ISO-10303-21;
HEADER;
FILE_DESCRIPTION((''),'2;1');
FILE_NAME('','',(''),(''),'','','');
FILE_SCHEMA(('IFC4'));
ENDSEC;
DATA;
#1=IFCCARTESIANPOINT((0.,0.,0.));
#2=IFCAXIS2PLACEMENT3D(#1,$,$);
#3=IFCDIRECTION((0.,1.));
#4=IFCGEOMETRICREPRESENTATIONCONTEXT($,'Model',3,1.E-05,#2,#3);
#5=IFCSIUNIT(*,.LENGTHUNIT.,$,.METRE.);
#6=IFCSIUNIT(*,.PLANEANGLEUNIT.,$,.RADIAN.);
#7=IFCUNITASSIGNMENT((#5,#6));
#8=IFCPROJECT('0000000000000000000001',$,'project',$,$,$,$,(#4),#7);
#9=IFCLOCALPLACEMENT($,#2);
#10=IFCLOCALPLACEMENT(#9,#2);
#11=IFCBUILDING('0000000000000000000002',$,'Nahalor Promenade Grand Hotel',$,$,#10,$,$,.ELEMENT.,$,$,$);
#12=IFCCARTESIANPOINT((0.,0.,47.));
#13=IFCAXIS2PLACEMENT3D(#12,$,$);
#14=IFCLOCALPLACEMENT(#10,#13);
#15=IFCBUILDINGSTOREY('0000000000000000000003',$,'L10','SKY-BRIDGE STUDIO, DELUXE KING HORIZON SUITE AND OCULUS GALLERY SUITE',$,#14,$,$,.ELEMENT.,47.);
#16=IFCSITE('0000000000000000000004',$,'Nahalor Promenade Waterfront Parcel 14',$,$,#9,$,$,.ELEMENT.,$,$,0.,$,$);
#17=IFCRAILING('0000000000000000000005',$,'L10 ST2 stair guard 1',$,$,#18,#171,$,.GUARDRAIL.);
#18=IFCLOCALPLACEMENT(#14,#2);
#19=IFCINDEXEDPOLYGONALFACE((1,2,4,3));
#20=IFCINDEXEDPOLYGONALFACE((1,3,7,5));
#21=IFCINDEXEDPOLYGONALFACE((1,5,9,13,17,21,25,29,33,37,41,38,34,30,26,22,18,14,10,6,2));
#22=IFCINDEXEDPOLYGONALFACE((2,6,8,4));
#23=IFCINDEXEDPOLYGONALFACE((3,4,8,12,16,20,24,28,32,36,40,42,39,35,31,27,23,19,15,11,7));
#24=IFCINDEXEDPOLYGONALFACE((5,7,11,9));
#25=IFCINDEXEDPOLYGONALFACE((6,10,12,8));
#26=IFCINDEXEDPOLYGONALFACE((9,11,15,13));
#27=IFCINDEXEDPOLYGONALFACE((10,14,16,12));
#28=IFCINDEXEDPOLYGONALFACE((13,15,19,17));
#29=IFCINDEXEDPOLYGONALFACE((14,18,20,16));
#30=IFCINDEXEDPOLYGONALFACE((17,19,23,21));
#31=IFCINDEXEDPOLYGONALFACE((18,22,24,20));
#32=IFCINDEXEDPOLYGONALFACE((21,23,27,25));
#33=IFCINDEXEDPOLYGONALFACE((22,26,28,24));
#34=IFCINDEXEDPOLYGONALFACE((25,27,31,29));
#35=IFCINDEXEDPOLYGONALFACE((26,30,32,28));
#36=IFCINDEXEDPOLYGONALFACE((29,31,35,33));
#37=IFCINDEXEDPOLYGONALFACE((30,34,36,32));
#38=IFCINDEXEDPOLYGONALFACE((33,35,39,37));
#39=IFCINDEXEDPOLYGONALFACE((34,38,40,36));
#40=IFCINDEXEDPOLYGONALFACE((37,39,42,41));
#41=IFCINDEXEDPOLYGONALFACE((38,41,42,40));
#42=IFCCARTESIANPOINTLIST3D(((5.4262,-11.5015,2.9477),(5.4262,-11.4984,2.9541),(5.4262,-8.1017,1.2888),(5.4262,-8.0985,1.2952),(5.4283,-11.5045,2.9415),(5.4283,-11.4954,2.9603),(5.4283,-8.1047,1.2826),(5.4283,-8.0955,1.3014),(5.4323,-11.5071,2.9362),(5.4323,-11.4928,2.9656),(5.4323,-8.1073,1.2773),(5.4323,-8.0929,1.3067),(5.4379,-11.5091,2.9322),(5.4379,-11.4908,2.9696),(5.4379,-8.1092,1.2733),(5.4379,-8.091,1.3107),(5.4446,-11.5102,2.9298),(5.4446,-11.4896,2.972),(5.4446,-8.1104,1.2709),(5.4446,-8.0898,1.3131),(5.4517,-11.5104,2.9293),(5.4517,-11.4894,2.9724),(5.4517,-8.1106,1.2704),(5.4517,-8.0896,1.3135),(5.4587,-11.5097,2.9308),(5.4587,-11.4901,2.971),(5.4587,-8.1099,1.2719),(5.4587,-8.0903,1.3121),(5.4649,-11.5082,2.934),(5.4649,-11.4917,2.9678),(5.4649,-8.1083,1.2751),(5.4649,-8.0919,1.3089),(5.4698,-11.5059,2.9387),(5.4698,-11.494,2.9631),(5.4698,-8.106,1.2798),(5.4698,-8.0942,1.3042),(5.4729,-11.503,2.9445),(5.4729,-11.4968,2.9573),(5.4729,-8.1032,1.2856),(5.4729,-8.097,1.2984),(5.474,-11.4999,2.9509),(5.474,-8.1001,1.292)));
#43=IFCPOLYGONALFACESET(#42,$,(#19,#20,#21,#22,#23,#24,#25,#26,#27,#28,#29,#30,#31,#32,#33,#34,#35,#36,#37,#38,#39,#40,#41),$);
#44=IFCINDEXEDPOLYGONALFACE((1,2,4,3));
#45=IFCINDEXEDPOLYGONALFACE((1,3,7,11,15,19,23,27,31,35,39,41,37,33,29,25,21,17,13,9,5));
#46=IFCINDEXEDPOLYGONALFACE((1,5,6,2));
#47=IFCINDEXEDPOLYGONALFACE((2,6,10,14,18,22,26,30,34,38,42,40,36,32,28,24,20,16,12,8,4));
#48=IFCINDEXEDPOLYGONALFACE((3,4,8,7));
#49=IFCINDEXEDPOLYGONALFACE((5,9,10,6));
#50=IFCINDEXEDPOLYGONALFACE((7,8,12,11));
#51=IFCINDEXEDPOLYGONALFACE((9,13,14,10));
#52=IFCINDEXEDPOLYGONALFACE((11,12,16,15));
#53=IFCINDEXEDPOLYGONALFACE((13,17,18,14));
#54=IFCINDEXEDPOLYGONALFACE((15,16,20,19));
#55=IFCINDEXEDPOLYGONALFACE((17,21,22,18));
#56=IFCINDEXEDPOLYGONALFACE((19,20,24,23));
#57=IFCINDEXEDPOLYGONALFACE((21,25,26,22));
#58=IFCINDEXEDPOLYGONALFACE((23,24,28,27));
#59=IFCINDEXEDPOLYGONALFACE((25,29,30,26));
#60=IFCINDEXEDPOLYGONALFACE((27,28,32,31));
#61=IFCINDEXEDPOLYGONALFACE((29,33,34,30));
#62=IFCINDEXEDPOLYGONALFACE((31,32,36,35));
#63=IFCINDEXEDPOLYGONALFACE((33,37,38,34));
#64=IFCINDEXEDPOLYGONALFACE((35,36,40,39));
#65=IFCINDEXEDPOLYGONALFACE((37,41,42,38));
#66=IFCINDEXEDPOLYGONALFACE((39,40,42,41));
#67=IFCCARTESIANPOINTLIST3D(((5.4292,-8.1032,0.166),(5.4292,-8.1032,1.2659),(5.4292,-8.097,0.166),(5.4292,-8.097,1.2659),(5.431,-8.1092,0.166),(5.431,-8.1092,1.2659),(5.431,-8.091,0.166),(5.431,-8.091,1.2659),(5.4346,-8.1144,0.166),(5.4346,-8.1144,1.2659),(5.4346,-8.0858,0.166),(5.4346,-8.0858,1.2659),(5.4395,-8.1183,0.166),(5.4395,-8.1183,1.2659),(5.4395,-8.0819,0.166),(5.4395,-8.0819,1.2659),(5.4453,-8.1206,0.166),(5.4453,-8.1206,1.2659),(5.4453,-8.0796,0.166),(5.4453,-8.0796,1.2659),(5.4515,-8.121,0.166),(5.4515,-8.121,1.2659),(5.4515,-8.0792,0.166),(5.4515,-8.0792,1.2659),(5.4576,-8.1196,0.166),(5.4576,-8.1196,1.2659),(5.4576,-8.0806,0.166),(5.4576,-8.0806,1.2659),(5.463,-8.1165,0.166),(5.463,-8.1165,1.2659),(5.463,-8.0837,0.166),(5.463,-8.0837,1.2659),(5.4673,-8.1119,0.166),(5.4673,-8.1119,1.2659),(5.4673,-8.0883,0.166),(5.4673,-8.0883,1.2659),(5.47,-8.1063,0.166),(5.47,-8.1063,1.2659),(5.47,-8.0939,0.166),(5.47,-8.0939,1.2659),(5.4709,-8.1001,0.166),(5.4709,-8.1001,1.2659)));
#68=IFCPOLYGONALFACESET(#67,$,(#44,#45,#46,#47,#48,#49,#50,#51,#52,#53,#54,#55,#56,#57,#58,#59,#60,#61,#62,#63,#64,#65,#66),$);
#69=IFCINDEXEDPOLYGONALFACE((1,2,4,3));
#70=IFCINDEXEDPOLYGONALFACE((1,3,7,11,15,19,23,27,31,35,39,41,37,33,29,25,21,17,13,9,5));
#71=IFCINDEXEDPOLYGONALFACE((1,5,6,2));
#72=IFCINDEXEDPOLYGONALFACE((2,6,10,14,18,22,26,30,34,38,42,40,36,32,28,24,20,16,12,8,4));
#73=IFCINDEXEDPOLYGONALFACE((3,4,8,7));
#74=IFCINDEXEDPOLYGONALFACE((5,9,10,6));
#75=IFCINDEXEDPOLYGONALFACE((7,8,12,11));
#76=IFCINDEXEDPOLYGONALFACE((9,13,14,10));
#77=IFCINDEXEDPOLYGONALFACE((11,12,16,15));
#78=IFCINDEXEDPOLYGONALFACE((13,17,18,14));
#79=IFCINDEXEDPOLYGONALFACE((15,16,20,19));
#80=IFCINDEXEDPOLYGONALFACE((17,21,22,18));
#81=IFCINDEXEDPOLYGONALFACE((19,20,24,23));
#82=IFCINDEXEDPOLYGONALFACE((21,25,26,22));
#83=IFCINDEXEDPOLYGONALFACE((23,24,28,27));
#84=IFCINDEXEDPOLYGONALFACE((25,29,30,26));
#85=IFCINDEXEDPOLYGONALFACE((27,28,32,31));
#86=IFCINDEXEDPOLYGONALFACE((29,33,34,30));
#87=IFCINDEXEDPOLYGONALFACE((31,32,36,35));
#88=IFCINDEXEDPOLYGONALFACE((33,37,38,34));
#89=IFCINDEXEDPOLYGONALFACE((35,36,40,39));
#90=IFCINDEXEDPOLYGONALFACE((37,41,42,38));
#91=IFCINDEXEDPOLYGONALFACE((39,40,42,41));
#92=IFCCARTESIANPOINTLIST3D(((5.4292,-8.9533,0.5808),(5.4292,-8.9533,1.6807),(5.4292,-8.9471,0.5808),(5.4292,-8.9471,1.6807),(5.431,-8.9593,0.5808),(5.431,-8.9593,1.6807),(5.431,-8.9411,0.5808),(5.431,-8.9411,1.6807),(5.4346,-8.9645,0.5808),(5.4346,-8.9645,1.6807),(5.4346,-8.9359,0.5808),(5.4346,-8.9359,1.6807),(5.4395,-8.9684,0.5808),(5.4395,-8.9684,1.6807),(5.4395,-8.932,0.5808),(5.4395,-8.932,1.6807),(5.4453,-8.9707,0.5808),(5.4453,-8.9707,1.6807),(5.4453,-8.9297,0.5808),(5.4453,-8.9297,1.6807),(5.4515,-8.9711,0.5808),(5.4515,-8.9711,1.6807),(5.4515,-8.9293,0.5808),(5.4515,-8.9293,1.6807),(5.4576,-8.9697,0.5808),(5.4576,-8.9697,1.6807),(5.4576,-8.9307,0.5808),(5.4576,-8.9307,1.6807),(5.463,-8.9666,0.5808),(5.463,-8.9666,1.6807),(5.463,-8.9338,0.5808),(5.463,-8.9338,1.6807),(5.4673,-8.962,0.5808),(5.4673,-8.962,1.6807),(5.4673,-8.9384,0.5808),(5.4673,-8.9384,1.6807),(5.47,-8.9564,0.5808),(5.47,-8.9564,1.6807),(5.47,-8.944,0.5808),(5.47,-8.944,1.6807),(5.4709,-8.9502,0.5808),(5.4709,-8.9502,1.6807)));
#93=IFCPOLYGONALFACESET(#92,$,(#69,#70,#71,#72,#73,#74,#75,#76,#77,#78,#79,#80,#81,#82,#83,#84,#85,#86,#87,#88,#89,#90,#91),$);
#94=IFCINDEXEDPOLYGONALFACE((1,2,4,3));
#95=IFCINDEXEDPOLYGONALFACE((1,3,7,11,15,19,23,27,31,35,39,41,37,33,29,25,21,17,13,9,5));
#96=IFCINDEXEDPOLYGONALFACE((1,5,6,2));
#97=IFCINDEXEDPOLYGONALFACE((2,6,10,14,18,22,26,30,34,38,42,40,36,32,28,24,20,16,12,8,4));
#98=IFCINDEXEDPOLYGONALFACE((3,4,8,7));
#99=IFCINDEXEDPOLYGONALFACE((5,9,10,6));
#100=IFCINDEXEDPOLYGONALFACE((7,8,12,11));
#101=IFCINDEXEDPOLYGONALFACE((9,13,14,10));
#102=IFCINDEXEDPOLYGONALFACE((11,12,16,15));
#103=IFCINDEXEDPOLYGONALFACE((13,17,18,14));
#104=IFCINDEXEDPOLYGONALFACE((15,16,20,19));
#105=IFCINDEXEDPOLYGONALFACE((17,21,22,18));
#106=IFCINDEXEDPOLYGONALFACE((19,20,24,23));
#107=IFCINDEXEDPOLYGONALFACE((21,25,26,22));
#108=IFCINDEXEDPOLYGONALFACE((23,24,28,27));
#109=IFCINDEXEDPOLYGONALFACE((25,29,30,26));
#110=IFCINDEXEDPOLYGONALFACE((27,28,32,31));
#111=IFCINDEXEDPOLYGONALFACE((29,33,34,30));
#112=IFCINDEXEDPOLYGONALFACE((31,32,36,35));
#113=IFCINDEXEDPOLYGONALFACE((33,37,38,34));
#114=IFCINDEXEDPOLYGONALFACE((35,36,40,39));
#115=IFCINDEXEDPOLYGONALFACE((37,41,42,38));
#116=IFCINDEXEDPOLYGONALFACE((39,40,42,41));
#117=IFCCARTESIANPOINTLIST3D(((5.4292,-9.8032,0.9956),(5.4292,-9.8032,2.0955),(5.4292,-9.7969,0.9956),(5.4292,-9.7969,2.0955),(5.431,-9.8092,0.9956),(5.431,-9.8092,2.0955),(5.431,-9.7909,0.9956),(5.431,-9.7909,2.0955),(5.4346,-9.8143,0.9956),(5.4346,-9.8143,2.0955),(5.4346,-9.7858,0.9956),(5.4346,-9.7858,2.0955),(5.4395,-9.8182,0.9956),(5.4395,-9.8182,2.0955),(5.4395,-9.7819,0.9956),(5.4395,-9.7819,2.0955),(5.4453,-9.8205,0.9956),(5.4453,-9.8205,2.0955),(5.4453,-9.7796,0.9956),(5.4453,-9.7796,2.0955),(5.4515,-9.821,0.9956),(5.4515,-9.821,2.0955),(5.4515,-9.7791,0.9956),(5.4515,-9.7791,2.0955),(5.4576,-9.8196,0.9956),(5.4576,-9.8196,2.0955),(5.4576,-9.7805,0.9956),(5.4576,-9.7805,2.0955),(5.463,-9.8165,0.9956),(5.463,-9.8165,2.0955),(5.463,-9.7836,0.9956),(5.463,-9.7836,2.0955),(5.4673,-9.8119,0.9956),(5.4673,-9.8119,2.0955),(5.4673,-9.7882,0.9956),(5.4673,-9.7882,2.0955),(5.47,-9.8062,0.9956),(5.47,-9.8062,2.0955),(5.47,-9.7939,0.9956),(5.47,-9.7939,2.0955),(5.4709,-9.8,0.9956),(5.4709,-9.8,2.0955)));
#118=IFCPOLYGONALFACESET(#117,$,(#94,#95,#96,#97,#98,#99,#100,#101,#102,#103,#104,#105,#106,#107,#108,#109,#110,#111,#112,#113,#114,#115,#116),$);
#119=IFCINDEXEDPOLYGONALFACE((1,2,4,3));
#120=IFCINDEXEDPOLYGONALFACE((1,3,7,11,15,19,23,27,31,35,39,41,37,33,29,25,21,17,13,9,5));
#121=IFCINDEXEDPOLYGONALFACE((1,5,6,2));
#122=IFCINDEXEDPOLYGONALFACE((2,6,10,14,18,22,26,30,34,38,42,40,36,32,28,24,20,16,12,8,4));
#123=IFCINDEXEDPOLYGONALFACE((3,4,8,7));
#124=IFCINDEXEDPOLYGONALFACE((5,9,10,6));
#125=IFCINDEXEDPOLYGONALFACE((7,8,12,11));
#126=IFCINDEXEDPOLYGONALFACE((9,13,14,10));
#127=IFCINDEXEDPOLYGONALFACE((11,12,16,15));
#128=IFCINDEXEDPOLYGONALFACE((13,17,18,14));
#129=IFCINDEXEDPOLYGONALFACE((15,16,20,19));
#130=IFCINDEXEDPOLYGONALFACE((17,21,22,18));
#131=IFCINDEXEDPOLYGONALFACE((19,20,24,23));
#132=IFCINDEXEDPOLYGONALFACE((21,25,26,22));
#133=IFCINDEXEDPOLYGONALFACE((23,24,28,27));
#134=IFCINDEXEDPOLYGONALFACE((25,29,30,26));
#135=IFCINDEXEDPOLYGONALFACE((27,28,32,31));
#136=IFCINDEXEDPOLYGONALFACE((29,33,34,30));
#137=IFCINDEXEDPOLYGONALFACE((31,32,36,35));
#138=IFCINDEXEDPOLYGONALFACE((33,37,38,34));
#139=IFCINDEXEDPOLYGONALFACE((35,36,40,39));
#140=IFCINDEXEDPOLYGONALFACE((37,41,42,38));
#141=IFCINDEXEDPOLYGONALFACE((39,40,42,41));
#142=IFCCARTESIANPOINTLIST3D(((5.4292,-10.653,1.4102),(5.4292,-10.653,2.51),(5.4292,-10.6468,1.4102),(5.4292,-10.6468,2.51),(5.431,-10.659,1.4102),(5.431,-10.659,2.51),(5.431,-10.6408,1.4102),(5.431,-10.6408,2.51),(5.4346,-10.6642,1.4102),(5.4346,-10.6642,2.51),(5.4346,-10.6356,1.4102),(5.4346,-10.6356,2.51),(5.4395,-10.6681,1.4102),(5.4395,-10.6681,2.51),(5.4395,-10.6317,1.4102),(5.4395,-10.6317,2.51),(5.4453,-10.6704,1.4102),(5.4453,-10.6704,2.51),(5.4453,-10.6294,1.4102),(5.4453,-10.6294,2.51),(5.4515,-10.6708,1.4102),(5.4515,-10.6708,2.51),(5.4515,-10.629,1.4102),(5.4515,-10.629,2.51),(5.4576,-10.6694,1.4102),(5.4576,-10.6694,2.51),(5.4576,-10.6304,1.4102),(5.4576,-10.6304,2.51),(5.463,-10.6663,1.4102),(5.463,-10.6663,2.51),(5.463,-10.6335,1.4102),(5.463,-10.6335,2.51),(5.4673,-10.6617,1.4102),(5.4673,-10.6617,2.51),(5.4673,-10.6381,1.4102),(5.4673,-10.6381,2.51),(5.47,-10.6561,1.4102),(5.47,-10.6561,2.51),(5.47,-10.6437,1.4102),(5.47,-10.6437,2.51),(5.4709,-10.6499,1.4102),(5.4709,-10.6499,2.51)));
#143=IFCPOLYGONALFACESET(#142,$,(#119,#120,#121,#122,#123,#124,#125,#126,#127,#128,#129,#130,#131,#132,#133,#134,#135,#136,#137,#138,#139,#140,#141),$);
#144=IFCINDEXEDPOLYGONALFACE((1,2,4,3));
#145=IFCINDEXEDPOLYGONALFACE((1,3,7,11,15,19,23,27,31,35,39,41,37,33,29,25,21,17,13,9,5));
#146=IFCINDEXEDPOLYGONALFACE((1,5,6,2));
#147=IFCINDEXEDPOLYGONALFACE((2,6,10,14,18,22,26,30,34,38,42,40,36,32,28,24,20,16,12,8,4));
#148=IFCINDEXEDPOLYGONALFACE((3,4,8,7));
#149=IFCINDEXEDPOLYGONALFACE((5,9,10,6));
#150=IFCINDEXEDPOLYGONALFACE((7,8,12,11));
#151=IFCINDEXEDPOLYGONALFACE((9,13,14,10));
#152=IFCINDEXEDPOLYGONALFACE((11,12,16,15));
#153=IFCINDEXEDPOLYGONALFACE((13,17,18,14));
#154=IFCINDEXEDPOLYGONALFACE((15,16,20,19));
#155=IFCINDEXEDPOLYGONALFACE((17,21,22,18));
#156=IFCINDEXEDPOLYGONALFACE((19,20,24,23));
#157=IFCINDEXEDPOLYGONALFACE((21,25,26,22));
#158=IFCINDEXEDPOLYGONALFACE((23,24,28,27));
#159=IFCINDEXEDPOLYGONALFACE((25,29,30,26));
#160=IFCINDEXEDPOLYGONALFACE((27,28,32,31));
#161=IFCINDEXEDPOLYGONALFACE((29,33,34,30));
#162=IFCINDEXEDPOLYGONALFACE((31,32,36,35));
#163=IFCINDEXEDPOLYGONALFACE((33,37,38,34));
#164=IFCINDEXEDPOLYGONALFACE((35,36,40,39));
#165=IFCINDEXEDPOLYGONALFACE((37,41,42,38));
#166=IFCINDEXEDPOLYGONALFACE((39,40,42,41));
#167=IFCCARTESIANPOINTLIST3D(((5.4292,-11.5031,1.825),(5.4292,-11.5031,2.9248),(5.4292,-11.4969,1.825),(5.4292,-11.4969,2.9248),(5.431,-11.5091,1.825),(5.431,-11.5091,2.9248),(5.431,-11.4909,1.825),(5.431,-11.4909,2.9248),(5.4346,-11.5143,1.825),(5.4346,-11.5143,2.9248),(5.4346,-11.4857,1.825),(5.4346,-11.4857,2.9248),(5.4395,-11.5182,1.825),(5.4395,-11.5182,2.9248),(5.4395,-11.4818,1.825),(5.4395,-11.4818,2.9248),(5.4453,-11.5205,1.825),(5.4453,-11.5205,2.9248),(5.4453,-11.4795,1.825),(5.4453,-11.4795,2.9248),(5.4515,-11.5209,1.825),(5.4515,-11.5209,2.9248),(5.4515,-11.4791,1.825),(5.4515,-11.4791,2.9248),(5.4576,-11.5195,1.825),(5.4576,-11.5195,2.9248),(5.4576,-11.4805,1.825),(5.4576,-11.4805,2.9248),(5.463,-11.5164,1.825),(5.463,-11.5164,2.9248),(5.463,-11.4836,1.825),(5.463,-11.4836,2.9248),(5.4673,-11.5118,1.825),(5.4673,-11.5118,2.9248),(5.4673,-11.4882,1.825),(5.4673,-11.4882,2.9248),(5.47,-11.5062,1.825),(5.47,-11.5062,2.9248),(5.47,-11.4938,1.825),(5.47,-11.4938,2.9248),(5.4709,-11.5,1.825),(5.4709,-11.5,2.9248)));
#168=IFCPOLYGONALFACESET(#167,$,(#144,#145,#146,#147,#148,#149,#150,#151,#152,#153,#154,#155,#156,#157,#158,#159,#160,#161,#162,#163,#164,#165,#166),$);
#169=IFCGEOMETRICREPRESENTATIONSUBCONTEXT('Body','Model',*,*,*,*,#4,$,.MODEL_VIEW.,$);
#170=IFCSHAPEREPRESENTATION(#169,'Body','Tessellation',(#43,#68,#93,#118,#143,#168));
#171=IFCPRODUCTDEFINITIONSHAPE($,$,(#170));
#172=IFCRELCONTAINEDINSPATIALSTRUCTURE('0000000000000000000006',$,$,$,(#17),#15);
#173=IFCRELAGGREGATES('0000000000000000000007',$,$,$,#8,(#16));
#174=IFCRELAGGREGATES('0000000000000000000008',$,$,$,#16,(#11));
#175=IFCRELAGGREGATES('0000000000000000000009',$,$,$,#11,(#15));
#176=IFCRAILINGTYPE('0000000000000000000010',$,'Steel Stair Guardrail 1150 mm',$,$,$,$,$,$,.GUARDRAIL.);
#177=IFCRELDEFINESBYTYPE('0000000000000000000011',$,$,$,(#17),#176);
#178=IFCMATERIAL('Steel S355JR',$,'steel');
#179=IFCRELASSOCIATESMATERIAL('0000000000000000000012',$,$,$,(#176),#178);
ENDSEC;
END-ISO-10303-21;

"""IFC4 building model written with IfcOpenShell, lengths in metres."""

from ifc_helpers import new_model, si_unit, direction, frame, origin, origin_2d, place, context, subcontext, project, spatial, circle, extrude, material, type_object, element, save


model = new_model("IFC4")

# Units and contexts
model_context = context("Model", 3, precision=1e-05, world=origin(), true_north=direction((0.0, 1.0)))
body_context = subcontext(model_context, "Body", "Model", "MODEL_VIEW")
ifc_project = project(units=[si_unit("LENGTHUNIT", "METRE"), si_unit("PLANEANGLEUNIT", "RADIAN")], contexts=[model_context])

# Site, building, storey
site_placement = place(None, origin())
site = spatial("IfcSite", under=ifc_project, at=site_placement, Name="Nahalor Promenade Waterfront Parcel 14", CompositionType="ELEMENT", RefElevation=0.0)
building_placement = place(site_placement, origin())
building = spatial("IfcBuilding", under=site, at=building_placement, Name="Nahalor Promenade Grand Hotel", CompositionType="ELEMENT")
storey_placement = place(building_placement, frame((0.0, 0.0, 47.0)))
storey = spatial("IfcBuildingStorey", under=building, at=storey_placement, Name="L10", Description="SKY-BRIDGE STUDIO, DELUXE KING HORIZON SUITE AND OCULUS GALLERY SUITE", CompositionType="ELEMENT", Elevation=47.0)

# Shared definitions
ifc_material_1 = material(Name="Steel S355JR", Category="steel")

# Railing
railing_type_1 = type_object("IfcRailingType", Name="Steel Stair Guardrail 1150 mm", PredefinedType="GUARDRAIL", material=ifc_material_1)
railing_1_placement = place(storey_placement, frame((5.45, -8.1001, 0.166)))
element("IfcRailing", 1, at=railing_1_placement, inside=storey, type_object=railing_type_1, Name="L10 ST2 stair guard 1", PredefinedType="GUARDRAIL", context=body_context, shape_type="SweptSolid", body=[
    extrude(circle(Radius=0.024, at=origin_2d()), frame((0.0, 0.0, 1.126), z_axis=(0.0, -0.898722, 0.438519), x_axis=(1.0, 0.0, 0.0)), (0.0, 0.0, 1.0), 3.783),
    extrude(circle(Radius=0.021, at=origin_2d()), origin(), (0.0, 0.0, 1.0), 1.0999),
    extrude(circle(Radius=0.021, at=origin_2d()), frame((0.0, -0.8501, 0.4148)), (0.0, 0.0, 1.0), 1.0999),
    extrude(circle(Radius=0.021, at=origin_2d()), frame((0.0, -1.7, 0.8296)), (0.0, 0.0, 1.0), 1.0999),
    extrude(circle(Radius=0.021, at=origin_2d()), frame((0.0, -2.5498, 1.2441)), (0.0, 0.0, 1.0), 1.0999),
    extrude(circle(Radius=0.021, at=origin_2d()), frame((0.0, -3.3999, 1.6589)), (0.0, 0.0, 1.0), 1.0999),
])

save(model, "model.ifc")
